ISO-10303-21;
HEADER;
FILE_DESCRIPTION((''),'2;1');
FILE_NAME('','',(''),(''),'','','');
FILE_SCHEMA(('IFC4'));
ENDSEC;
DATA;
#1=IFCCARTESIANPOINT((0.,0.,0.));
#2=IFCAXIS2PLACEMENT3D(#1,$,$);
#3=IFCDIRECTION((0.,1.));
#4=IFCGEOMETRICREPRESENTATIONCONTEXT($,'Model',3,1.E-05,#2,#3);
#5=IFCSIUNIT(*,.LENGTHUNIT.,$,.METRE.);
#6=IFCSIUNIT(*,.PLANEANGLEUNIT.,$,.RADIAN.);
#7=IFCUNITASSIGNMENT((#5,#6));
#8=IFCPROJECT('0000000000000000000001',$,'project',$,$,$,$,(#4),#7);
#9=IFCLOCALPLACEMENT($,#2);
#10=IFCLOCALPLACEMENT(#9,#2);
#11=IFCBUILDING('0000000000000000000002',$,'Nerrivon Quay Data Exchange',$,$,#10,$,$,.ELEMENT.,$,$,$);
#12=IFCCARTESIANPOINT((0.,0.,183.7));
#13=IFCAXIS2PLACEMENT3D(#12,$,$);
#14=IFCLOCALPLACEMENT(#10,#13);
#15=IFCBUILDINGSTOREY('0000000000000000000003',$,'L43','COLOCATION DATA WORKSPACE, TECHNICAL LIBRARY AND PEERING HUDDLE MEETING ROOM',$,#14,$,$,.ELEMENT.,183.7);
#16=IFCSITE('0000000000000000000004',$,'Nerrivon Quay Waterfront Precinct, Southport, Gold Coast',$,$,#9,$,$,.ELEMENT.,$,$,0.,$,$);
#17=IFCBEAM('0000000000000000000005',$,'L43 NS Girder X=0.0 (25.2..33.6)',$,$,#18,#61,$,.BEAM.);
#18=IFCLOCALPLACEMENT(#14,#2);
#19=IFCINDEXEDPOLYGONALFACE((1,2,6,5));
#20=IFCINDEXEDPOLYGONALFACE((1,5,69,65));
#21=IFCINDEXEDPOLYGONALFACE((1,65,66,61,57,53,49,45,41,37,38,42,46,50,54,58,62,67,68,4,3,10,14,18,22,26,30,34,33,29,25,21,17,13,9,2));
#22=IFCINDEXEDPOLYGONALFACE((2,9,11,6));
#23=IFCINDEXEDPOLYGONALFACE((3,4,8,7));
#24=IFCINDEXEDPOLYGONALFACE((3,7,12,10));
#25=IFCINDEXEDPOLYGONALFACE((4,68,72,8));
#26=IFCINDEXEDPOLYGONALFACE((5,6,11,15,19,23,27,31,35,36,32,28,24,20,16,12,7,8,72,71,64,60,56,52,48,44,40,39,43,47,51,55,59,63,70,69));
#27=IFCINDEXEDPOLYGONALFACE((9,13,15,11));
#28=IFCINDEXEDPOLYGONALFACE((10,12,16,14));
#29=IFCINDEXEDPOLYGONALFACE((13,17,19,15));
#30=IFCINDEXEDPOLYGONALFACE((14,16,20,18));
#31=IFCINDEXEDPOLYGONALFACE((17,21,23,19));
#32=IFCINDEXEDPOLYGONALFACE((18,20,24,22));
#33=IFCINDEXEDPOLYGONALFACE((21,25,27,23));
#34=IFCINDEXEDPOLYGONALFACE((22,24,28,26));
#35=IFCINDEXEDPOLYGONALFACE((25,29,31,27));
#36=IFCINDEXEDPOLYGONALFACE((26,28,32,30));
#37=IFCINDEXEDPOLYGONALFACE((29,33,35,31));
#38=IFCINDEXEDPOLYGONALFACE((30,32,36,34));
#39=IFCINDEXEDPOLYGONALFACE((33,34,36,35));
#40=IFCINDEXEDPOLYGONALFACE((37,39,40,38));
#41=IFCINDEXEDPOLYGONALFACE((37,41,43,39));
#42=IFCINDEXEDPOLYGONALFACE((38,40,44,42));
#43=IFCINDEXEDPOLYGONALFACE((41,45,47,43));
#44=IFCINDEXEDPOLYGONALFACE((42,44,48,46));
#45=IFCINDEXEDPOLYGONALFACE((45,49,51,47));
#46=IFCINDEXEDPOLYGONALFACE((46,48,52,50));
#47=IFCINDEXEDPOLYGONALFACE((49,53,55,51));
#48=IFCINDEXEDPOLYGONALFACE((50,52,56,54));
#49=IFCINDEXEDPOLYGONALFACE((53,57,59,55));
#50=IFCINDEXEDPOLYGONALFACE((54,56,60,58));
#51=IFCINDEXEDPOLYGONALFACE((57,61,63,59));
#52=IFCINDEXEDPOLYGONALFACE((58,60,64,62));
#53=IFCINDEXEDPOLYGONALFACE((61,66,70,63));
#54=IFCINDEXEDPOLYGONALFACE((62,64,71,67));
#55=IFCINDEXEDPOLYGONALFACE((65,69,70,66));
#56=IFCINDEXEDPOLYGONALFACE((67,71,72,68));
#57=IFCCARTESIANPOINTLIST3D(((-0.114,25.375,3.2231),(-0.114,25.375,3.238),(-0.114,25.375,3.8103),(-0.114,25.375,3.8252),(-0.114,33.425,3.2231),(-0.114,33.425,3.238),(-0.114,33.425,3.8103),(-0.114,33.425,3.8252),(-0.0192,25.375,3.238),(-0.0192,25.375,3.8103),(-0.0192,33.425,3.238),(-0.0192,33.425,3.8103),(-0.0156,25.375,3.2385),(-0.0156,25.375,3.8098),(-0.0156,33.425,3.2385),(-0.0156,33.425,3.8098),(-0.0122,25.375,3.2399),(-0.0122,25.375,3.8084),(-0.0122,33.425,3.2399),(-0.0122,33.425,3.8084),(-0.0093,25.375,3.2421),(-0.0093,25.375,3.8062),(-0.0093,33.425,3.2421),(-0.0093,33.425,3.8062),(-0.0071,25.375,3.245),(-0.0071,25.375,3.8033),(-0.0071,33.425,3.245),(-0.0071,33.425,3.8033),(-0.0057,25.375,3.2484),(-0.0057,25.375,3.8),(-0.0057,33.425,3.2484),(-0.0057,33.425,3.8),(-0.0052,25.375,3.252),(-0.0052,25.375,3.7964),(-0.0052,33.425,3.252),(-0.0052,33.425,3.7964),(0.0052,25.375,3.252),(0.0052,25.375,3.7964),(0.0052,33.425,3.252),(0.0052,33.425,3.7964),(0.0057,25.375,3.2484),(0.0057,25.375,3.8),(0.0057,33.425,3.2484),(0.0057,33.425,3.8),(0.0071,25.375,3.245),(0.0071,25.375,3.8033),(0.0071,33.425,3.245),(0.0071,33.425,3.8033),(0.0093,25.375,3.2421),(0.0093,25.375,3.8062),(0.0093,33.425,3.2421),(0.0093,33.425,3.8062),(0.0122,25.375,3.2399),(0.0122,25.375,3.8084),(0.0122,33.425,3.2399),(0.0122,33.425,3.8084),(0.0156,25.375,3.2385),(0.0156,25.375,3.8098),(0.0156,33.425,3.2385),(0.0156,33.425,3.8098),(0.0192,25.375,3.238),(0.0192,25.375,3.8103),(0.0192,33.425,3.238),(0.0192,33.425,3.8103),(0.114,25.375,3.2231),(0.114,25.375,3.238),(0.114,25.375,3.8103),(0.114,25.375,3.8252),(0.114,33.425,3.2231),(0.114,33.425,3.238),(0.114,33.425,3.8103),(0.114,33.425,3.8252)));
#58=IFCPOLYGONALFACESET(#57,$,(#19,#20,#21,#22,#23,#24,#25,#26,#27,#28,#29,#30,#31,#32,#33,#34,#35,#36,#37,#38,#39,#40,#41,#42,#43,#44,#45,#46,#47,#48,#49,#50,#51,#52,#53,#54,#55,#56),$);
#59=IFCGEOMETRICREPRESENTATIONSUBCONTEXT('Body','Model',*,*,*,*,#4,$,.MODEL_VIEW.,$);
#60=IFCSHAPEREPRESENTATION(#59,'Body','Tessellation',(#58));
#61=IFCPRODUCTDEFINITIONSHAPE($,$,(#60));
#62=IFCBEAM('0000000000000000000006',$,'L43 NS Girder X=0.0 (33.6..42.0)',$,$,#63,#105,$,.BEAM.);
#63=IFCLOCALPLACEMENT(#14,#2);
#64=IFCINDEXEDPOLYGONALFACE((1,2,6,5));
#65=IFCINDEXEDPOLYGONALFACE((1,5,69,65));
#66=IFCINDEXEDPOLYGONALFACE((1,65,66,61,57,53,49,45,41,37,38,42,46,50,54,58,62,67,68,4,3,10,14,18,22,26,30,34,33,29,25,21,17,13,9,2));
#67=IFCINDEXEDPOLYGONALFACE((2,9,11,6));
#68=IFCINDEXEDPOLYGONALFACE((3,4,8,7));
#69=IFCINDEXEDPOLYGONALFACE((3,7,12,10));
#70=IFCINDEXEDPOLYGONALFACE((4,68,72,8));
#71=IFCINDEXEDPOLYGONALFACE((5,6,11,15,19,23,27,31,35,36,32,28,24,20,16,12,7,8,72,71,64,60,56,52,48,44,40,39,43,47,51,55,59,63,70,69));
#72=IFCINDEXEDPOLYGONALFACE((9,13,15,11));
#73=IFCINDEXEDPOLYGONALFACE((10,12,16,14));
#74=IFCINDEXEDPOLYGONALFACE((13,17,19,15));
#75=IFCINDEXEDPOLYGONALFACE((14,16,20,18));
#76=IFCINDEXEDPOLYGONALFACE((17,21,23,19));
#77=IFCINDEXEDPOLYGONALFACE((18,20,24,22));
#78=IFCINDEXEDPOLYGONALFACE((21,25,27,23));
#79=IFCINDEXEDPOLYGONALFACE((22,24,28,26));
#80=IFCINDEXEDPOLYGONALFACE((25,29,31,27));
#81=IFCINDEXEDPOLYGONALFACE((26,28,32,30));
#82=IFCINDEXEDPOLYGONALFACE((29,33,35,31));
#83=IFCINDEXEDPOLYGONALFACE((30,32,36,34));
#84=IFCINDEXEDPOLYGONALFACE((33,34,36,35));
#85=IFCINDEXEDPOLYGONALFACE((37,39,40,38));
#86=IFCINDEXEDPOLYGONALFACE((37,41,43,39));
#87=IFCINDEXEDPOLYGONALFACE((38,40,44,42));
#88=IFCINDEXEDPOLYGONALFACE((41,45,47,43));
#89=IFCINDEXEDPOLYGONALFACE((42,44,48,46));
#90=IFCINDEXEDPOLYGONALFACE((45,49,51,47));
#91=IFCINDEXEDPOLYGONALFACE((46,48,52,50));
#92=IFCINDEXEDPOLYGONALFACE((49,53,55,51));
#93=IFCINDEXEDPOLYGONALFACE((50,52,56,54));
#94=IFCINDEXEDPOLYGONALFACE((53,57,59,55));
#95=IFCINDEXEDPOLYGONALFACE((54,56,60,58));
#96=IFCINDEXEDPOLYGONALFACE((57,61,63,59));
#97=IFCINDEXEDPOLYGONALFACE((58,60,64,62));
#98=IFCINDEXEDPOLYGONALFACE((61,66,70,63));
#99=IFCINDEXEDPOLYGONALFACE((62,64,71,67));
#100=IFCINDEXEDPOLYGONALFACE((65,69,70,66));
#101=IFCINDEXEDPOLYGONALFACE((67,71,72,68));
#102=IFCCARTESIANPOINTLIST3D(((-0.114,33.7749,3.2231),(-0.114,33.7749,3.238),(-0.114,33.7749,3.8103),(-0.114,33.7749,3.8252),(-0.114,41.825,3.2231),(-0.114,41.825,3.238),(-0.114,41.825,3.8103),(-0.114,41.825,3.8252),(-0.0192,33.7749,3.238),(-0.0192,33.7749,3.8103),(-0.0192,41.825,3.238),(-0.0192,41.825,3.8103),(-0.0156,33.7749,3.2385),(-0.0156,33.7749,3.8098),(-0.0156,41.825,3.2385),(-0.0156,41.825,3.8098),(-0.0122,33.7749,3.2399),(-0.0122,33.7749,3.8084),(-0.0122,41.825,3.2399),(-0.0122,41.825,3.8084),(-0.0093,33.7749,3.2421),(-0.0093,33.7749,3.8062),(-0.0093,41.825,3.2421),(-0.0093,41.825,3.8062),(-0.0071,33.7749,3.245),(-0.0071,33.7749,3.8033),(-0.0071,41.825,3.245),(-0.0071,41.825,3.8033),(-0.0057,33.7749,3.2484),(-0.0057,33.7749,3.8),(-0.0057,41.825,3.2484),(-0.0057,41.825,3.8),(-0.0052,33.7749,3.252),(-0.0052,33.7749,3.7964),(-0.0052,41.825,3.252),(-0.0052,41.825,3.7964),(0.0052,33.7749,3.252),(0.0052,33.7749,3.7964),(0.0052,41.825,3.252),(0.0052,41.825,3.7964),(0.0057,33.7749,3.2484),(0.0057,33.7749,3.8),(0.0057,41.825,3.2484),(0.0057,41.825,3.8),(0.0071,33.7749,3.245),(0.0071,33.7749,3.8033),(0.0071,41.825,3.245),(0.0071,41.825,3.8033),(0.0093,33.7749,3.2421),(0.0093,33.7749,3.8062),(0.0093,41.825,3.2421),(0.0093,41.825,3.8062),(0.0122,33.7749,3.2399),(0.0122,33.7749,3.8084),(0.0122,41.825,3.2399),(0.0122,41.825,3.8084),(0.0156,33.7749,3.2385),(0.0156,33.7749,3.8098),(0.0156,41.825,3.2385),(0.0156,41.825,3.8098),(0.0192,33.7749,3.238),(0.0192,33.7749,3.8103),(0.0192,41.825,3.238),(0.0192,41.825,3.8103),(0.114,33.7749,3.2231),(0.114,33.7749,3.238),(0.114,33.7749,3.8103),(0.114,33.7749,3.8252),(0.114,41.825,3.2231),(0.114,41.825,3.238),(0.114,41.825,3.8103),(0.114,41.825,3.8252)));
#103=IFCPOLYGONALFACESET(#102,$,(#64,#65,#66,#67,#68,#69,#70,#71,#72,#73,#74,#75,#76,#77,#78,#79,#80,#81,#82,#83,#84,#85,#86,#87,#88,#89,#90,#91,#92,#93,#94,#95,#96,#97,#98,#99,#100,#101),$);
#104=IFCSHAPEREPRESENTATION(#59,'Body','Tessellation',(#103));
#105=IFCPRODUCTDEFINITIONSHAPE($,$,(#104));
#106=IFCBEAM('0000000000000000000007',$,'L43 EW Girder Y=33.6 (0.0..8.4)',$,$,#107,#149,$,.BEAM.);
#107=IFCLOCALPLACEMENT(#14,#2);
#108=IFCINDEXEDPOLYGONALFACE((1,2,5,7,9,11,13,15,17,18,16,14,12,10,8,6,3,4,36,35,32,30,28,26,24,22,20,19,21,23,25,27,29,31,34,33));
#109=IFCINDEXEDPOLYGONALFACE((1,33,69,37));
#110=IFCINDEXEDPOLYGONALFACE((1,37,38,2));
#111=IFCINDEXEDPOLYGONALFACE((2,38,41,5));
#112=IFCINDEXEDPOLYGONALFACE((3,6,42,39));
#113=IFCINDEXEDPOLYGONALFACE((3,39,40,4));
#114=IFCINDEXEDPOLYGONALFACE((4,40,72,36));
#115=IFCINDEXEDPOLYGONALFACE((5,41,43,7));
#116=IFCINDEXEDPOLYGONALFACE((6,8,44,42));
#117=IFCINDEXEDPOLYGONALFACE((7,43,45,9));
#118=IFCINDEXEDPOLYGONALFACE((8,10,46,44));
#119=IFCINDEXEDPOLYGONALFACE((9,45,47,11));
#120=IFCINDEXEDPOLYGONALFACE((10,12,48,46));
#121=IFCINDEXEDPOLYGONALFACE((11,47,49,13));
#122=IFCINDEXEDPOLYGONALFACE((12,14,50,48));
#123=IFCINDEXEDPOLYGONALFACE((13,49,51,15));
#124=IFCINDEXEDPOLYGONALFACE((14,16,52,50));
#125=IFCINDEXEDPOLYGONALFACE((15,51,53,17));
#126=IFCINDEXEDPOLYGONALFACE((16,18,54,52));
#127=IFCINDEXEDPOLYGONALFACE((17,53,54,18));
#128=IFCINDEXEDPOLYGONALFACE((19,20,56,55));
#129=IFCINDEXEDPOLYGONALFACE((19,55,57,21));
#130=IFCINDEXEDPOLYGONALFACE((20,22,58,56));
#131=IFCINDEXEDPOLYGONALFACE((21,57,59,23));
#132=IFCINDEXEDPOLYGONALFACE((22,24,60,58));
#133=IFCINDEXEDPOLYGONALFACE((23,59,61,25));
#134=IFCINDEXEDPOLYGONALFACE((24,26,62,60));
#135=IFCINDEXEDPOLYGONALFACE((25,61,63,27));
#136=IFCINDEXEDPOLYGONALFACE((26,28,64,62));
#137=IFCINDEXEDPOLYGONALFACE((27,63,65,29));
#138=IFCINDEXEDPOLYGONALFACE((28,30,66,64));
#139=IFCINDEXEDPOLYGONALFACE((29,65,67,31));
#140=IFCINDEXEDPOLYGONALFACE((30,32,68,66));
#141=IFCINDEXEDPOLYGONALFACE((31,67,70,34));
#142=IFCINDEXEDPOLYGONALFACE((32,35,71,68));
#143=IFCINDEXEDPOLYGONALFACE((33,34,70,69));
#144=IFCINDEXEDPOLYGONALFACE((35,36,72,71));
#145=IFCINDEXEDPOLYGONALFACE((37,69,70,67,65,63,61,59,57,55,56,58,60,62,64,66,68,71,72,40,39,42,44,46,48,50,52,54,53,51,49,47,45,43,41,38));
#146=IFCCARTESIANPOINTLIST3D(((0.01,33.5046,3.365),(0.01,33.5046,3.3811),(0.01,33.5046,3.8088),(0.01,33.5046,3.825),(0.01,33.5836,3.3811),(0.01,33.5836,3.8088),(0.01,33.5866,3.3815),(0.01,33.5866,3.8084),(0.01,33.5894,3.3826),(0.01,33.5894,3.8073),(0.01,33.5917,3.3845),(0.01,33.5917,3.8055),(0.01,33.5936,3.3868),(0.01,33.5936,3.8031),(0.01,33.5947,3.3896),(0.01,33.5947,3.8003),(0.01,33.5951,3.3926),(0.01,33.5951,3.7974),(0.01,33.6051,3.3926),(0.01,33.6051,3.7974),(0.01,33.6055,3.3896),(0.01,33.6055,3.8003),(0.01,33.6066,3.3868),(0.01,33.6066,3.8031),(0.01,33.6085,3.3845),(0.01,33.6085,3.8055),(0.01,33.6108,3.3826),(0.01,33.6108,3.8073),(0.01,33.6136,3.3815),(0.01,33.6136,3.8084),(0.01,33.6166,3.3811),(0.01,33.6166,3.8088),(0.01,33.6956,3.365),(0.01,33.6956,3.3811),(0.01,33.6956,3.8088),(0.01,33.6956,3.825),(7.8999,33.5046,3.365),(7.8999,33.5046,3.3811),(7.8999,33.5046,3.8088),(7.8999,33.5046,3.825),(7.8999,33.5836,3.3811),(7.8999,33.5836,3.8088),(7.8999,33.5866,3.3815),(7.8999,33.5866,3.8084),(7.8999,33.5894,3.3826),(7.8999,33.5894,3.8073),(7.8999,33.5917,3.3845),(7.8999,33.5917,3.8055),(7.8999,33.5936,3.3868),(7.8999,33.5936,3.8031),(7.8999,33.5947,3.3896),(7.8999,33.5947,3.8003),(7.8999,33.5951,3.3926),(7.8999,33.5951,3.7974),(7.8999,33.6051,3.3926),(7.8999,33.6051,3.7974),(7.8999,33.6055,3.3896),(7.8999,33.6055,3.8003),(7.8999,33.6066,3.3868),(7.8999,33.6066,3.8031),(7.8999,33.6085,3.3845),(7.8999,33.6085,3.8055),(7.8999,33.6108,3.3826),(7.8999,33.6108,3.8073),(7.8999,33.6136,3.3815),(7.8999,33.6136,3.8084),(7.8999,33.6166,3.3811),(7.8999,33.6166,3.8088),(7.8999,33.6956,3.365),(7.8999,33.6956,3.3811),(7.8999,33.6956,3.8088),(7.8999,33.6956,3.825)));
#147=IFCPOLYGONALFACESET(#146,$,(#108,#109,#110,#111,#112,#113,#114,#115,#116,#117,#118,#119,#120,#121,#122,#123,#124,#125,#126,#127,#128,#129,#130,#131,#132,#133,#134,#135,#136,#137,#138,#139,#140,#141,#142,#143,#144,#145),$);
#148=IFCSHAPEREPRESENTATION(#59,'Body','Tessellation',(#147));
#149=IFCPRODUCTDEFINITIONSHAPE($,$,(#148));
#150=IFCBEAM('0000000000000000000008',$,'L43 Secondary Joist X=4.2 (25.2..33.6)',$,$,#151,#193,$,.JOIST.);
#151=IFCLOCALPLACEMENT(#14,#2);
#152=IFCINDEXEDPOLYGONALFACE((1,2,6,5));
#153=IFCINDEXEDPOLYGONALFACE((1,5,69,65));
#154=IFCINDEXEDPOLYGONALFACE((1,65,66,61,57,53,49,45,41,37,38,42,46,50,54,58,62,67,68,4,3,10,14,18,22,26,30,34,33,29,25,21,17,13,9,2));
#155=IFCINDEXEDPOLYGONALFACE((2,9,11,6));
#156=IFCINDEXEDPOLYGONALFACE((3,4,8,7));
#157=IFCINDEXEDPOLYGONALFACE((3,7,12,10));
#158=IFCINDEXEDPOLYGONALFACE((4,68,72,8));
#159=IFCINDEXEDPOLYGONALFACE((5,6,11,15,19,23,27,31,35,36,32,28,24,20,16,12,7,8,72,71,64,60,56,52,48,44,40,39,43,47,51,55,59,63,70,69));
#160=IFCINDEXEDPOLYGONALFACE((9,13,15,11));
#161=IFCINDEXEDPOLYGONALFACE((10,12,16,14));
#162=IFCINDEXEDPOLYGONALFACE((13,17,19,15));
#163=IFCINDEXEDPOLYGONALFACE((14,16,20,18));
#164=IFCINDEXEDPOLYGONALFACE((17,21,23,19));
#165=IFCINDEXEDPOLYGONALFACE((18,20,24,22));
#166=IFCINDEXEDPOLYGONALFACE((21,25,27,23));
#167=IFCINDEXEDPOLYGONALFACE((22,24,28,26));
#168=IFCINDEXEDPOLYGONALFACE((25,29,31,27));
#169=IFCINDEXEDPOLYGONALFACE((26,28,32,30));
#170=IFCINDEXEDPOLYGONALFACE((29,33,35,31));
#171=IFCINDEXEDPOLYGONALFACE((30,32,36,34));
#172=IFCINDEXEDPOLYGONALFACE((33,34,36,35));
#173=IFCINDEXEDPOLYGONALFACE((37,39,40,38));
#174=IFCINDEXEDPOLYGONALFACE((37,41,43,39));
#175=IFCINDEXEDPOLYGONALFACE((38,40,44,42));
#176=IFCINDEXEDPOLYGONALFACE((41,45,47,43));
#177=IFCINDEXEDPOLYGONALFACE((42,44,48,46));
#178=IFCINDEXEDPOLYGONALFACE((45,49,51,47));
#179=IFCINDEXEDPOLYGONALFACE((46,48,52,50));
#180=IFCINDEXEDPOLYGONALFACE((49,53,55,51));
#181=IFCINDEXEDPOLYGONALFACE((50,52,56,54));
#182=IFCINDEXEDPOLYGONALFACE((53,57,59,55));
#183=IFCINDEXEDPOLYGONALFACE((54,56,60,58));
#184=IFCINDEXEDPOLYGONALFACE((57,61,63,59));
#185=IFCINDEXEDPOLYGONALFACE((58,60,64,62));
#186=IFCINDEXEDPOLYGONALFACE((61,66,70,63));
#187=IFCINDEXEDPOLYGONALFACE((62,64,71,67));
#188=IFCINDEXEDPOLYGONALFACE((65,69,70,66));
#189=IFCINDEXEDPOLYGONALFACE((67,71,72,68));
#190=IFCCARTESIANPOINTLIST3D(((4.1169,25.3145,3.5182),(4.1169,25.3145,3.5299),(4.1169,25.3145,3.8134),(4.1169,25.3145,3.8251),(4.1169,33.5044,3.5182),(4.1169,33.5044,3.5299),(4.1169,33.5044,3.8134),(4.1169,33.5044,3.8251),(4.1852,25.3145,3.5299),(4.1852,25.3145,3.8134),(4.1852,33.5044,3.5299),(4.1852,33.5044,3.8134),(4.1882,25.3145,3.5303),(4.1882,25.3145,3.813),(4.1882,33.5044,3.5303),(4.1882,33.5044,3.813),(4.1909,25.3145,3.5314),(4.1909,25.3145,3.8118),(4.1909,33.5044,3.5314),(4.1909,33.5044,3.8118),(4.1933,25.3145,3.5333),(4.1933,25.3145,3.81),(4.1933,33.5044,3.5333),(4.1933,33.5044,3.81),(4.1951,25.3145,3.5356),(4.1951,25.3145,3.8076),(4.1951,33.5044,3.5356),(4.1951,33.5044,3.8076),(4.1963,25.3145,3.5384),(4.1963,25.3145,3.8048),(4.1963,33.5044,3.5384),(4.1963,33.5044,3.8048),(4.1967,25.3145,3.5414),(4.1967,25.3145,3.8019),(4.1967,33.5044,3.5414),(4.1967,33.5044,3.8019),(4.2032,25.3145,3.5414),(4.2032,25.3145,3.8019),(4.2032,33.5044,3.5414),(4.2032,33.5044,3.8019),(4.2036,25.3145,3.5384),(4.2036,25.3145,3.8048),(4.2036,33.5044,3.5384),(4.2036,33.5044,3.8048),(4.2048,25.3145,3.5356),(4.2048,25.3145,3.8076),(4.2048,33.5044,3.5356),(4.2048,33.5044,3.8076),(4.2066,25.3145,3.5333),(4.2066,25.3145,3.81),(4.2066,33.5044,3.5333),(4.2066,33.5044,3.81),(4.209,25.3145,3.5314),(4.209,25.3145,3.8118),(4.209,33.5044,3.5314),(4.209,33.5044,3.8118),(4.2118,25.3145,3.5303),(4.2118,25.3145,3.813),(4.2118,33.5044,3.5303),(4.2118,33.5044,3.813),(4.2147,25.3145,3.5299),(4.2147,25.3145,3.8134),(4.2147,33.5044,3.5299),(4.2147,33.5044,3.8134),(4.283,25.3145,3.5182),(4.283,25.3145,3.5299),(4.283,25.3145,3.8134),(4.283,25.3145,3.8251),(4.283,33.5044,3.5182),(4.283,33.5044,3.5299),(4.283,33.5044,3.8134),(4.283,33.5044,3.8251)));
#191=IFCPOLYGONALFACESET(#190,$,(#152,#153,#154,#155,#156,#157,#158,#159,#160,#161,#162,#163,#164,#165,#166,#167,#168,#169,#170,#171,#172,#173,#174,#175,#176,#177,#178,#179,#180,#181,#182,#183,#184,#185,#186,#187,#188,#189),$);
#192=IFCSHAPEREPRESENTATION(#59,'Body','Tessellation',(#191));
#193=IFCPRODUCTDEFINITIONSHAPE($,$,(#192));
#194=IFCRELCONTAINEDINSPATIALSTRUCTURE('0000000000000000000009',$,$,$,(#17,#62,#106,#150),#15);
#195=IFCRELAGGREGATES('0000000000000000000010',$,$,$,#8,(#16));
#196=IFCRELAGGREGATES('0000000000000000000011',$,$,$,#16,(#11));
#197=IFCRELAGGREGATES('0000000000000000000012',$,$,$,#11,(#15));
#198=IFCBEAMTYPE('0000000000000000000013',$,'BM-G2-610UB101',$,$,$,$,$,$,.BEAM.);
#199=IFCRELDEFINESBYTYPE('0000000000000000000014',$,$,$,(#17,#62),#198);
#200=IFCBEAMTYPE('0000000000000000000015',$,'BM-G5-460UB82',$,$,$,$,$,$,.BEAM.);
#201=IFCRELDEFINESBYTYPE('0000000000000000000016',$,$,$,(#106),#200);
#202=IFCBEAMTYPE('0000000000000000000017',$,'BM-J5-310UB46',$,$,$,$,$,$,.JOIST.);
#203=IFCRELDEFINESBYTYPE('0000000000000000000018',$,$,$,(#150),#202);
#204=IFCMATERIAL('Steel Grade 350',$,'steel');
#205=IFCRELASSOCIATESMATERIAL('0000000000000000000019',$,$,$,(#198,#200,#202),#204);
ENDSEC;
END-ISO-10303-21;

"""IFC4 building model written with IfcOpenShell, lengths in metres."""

from ifc_helpers import new_model, si_unit, direction, frame, origin, origin_2d, place, context, subcontext, project, spatial, i_section, extrude, material, material_profile, profile_set, type_object, element, save


model = new_model("IFC4")

# Units and contexts
model_context = context("Model", 3, precision=1e-05, world=origin(), true_north=direction((0.0, 1.0)))
body_context = subcontext(model_context, "Body", "Model", "MODEL_VIEW")
ifc_project = project(units=[si_unit("LENGTHUNIT", "METRE"), si_unit("PLANEANGLEUNIT", "RADIAN")], contexts=[model_context])

# Site, building, storey
site_placement = place(None, origin())
site = spatial("IfcSite", under=ifc_project, at=site_placement, Name="Nerrivon Quay Waterfront Precinct, Southport, Gold Coast", CompositionType="ELEMENT", RefElevation=0.0)
building_placement = place(site_placement, origin())
building = spatial("IfcBuilding", under=site, at=building_placement, Name="Nerrivon Quay Data Exchange", CompositionType="ELEMENT")
storey_placement = place(building_placement, frame((0.0, 0.0, 183.7)))
storey = spatial("IfcBuildingStorey", under=building, at=storey_placement, Name="L43", Description="COLOCATION DATA WORKSPACE, TECHNICAL LIBRARY AND PEERING HUDDLE MEETING ROOM", CompositionType="ELEMENT", Elevation=183.7)

# Shared definitions
ifc_material_1 = material(Name="Steel Grade 350", Category="steel")

# Beams
ifc_material_profile_1 = material_profile(ifc_material_1, i_section(OverallWidth=0.228, OverallDepth=0.6021, WebThickness=0.0105, FlangeThickness=0.0149, FilletRadius=0.0139, at=origin_2d()), Name="610UB101")
ifc_profile_set_1 = profile_set([ifc_material_profile_1], Name="Steel Grade 350")
beam_type_1 = type_object("IfcBeamType", Name="BM-G2-610UB101", PredefinedType="BEAM", material=ifc_profile_set_1)
for number, where, z_axis, x_axis, name in (
    (1, (0.0, 25.375, 3.5242), (0.0, 1.0, 0.0), (-1.0, 0.0, 0.0), "L43 NS Girder X=0.0 (25.2..33.6)"),
    (2, (0.0, 33.7749, 3.5242), (0.0, 1.0, 0.0), (-1.0, 0.0, 0.0), "L43 NS Girder X=0.0 (33.6..42.0)"),
):
    element("IfcBeam", number, at=place(storey_placement, frame(where, z_axis=z_axis, x_axis=x_axis)), inside=storey, type_object=beam_type_1, Name=name, PredefinedType="BEAM", context=body_context, shape_type="SweptSolid", body=[
        extrude(i_section(OverallWidth=0.228, OverallDepth=0.6021, WebThickness=0.0105, FlangeThickness=0.0149, FilletRadius=0.0139, at=origin_2d()), origin(), (0.0, 0.0, 1.0), 8.05),
    ])
ifc_material_profile_2 = material_profile(ifc_material_1, i_section(OverallWidth=0.1909, OverallDepth=0.46, WebThickness=0.01, FlangeThickness=0.0161, FilletRadius=0.0115, at=origin_2d()), Name="460UB82.1")
ifc_profile_set_2 = profile_set([ifc_material_profile_2], Name="Steel Grade 350")
beam_type_2 = type_object("IfcBeamType", Name="BM-G5-460UB82", PredefinedType="BEAM", material=ifc_profile_set_2)
beam_1_placement = place(storey_placement, frame((0.01, 33.6001, 3.595), z_axis=(1.0, 0.0, 0.0), x_axis=(0.0, 1.0, 0.0)))
element("IfcBeam", 3, at=beam_1_placement, inside=storey, type_object=beam_type_2, Name="L43 EW Girder Y=33.6 (0.0..8.4)", PredefinedType="BEAM", context=body_context, shape_type="SweptSolid", body=[
    extrude(i_section(OverallWidth=0.1909, OverallDepth=0.46, WebThickness=0.01, FlangeThickness=0.0161, FilletRadius=0.0115, at=origin_2d()), origin(), (0.0, 0.0, 1.0), 7.8899),
])
ifc_material_profile_3 = material_profile(ifc_material_1, i_section(OverallWidth=0.166, OverallDepth=0.3069, WebThickness=0.0066, FlangeThickness=0.0117, FilletRadius=0.0115, at=origin_2d()), Name="310UB46.2")
ifc_profile_set_3 = profile_set([ifc_material_profile_3], Name="Steel Grade 350")
beam_type_3 = type_object("IfcBeamType", Name="BM-J5-310UB46", PredefinedType="JOIST", material=ifc_profile_set_3)
beam_2_placement = place(storey_placement, frame((4.2, 25.3145, 3.6716), z_axis=(0.0, 1.0, 0.0), x_axis=(-1.0, 0.0, 0.0)))
element("IfcBeam", 4, at=beam_2_placement, inside=storey, type_object=beam_type_3, Name="L43 Secondary Joist X=4.2 (25.2..33.6)", PredefinedType="JOIST", context=body_context, shape_type="SweptSolid", body=[
    extrude(i_section(OverallWidth=0.166, OverallDepth=0.3069, WebThickness=0.0066, FlangeThickness=0.0117, FilletRadius=0.0115, at=origin_2d()), origin(), (0.0, 0.0, 1.0), 8.1899),
])

save(model, "model.ifc")
